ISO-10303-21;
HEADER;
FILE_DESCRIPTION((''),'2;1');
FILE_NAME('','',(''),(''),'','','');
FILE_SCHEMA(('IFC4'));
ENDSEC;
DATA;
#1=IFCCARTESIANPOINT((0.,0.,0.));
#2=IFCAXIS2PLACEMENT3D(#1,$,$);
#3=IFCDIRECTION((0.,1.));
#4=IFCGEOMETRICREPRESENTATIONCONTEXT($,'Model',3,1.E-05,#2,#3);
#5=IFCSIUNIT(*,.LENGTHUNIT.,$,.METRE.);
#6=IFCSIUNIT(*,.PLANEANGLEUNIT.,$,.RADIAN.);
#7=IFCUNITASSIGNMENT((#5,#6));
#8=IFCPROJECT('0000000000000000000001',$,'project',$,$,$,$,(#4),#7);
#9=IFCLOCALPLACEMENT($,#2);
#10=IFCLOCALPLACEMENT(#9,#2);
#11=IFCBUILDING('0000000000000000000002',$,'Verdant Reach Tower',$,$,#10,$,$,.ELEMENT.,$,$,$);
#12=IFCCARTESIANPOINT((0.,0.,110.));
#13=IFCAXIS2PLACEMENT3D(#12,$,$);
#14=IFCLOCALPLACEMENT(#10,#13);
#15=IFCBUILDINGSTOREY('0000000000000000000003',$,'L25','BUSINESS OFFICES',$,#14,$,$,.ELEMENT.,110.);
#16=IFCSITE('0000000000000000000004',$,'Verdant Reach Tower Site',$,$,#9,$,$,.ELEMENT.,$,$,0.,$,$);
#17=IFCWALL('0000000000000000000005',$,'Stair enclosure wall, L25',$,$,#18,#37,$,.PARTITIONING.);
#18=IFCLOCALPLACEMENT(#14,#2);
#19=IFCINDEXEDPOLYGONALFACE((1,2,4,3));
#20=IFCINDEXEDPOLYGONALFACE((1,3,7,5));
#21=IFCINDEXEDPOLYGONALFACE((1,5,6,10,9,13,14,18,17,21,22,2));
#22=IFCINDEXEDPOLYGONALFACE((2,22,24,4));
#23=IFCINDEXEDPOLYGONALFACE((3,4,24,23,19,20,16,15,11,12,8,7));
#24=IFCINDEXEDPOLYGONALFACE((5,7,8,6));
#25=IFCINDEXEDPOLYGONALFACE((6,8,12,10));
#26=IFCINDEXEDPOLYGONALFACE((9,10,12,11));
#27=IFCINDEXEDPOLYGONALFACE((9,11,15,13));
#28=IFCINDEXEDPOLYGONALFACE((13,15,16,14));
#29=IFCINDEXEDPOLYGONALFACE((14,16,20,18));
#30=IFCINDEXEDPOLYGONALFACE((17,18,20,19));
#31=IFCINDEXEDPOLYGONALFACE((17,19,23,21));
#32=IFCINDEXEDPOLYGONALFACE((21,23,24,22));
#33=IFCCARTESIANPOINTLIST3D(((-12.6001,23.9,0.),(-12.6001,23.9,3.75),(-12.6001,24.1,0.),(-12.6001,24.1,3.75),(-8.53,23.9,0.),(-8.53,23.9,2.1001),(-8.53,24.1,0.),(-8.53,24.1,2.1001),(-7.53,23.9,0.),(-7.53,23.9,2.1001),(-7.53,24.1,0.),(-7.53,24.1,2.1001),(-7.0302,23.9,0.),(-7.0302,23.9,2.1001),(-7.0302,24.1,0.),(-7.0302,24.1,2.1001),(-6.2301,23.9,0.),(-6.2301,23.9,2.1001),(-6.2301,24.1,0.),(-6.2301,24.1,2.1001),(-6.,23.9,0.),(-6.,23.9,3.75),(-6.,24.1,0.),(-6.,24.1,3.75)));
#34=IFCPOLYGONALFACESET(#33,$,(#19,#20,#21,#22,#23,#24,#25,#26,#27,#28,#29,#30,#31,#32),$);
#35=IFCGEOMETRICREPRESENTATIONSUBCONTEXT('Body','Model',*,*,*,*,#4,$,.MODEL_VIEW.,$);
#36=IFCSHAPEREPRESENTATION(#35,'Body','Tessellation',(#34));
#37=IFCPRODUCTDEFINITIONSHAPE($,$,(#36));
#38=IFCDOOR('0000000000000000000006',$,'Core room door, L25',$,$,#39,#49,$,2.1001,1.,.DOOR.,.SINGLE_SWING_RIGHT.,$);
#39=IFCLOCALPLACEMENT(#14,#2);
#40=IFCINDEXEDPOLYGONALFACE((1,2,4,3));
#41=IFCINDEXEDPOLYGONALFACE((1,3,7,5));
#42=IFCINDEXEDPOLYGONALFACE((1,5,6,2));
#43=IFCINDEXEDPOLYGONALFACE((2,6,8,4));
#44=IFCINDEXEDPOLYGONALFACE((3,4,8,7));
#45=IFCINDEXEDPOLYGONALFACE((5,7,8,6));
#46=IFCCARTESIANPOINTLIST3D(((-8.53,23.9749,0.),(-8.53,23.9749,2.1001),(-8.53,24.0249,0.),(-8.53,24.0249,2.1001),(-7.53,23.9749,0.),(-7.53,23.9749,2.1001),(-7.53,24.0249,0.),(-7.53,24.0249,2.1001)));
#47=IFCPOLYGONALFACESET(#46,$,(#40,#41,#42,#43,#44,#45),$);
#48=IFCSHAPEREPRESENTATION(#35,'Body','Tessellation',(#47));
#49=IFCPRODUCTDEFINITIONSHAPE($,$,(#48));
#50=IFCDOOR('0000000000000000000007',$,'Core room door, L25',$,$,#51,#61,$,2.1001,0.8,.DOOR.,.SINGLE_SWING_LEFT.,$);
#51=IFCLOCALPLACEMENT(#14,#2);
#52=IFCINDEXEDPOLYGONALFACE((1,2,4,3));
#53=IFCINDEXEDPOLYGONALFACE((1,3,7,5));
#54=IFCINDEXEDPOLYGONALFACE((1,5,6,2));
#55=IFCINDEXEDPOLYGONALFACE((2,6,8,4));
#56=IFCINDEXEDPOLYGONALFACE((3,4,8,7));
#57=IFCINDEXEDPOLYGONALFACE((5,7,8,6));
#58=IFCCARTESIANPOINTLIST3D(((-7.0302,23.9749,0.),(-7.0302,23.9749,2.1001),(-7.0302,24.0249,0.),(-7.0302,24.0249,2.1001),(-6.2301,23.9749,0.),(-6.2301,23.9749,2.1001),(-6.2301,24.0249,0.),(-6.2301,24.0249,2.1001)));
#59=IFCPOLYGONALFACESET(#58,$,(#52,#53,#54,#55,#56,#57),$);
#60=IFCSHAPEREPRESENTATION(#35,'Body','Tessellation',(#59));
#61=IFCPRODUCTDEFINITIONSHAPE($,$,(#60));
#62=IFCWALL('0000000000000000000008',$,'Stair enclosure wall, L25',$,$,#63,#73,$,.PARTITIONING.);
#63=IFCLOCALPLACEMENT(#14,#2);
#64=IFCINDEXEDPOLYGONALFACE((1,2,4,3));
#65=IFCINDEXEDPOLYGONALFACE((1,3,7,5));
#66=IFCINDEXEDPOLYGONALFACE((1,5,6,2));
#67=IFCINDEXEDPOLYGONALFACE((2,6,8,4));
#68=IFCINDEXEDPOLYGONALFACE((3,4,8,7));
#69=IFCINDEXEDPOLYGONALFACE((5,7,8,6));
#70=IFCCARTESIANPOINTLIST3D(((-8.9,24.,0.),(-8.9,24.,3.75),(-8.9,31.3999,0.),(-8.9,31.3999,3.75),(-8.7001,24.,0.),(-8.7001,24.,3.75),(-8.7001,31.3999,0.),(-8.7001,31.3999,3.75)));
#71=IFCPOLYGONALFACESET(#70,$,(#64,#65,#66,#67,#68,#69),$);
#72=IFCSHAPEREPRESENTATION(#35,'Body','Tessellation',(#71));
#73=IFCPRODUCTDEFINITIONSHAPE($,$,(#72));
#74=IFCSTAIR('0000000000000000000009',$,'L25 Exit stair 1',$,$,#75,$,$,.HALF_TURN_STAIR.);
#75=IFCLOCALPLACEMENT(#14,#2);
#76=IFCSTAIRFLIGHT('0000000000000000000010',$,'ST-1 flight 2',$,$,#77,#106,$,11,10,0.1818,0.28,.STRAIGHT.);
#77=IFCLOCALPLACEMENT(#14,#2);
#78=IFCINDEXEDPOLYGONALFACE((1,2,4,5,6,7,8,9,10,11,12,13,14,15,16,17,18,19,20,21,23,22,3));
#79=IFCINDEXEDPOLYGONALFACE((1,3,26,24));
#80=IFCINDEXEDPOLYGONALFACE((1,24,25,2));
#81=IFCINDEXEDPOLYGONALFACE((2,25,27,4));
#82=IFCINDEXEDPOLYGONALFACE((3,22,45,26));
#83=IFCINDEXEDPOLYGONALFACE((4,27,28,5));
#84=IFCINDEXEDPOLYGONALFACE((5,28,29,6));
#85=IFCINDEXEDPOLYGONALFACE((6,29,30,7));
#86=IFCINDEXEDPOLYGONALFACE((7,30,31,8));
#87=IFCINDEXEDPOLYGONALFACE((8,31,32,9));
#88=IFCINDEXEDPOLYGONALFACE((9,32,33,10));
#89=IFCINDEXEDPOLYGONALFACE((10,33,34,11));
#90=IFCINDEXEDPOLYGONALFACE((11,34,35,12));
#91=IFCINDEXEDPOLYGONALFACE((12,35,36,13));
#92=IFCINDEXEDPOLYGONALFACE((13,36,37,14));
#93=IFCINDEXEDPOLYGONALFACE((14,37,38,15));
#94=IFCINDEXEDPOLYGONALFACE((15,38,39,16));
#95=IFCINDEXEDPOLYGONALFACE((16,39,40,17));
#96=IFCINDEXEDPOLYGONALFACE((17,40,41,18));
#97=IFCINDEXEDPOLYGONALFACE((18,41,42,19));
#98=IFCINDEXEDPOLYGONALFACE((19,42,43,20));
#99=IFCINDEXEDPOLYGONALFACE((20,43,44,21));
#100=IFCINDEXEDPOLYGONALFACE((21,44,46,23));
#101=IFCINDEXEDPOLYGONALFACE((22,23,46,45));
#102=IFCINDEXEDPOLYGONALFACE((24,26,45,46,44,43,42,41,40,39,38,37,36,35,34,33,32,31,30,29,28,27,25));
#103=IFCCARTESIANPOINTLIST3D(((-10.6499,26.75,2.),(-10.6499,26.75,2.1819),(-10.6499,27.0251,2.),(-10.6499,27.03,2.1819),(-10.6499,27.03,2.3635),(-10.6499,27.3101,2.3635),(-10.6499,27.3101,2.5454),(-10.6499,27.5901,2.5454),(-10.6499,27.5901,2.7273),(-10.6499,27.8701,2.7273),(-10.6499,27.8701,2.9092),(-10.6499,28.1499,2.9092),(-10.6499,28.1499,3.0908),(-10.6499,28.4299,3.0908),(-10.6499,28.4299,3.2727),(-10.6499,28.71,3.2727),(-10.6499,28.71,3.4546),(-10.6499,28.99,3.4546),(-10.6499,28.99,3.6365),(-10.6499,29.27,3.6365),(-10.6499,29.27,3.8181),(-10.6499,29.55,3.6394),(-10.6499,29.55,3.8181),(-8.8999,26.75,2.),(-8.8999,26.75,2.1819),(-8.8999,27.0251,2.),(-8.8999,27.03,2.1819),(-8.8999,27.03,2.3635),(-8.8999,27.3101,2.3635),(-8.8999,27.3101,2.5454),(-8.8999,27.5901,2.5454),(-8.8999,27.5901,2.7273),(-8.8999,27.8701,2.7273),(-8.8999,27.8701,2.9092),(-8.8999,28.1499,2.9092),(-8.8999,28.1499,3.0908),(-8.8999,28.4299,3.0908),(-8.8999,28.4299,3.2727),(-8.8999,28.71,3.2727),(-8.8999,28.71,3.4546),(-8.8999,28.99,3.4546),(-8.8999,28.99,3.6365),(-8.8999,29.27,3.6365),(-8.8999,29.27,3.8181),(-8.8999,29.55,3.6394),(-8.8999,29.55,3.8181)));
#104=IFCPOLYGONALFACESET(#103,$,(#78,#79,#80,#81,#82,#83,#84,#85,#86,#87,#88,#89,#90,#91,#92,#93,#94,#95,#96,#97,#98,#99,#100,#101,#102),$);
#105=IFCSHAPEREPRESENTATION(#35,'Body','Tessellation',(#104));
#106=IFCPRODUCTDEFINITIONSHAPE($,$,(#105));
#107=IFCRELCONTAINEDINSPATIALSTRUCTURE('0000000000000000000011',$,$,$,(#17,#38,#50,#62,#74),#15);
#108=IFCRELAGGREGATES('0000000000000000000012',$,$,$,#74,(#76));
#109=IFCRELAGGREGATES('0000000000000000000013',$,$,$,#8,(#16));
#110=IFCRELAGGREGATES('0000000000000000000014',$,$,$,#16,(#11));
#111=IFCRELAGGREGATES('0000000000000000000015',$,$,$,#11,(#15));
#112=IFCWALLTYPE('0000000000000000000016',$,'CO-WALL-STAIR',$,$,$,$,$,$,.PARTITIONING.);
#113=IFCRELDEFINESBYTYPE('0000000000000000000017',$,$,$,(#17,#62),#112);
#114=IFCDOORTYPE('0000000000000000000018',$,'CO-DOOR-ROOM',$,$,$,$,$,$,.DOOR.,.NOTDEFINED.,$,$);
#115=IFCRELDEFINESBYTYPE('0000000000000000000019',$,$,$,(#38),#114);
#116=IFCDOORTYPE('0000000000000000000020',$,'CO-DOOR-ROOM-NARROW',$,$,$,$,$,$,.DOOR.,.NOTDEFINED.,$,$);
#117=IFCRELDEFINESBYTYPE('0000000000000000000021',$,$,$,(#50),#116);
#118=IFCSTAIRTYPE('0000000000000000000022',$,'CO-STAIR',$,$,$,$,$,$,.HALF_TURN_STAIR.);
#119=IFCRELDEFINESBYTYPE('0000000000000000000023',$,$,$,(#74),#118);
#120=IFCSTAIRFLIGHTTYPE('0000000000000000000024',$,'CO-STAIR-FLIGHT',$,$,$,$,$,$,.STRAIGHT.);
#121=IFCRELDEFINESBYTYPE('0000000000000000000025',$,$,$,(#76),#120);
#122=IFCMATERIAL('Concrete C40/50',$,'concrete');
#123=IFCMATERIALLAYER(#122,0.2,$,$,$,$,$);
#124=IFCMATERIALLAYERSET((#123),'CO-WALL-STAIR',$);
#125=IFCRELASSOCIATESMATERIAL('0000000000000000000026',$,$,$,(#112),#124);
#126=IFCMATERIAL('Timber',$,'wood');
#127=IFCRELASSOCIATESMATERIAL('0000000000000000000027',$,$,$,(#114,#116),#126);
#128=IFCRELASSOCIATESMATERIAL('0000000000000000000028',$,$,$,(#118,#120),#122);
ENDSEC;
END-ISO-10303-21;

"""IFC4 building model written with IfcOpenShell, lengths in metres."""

from ifc_helpers import new_model, si_unit, direction, frame, frame_2d, origin, place, context, subcontext, project, spatial, polyline, rectangle, outline, extrude, material, layer, layer_set, type_object, element, fill, aggregate, save


model = new_model("IFC4")

# Units and contexts
model_context = context("Model", 3, precision=1e-05, world=origin(), true_north=direction((0.0, 1.0)))
body_context = subcontext(model_context, "Body", "Model", "MODEL_VIEW")
ifc_project = project(units=[si_unit("LENGTHUNIT", "METRE"), si_unit("PLANEANGLEUNIT", "RADIAN")], contexts=[model_context])

# Site, building, storey
site_placement = place(None, origin())
site = spatial("IfcSite", under=ifc_project, at=site_placement, Name="Verdant Reach Tower Site", CompositionType="ELEMENT", RefElevation=0.0)
building_placement = place(site_placement, origin())
building = spatial("IfcBuilding", under=site, at=building_placement, Name="Verdant Reach Tower", CompositionType="ELEMENT")
storey_placement = place(building_placement, frame((0.0, 0.0, 110.0)))
storey = spatial("IfcBuildingStorey", under=building, at=storey_placement, Name="L25", Description="BUSINESS OFFICES", CompositionType="ELEMENT", Elevation=110.0)

# Shared definitions
ifc_material_1 = material(Name="Concrete C40/50", Category="concrete")

# Wall, openings, doors
ifc_layer_1 = layer(ifc_material_1, 0.2)
ifc_layer_set_1 = layer_set([ifc_layer_1], Name="CO-WALL-STAIR")
wall_type_1 = type_object("IfcWallType", Name="CO-WALL-STAIR", PredefinedType="PARTITIONING", material=ifc_layer_set_1)
wall_1_placement = place(storey_placement, frame((-12.6001, 24.0, 0.0), z_axis=(0.0, 0.0, 1.0), x_axis=(1.0, 0.0, 0.0)))
wall_1 = element("IfcWall", 1, at=wall_1_placement, inside=storey, type_object=wall_type_1, Name="Stair enclosure wall, L25", PredefinedType="PARTITIONING", context=body_context, shape_type="SweptSolid", body=[
    extrude(rectangle(XDim=6.6001, YDim=0.2, at=frame_2d((3.3, 0.0))), origin(), (0.0, 0.0, 1.0), 3.75),
])
opening_1_placement = place(wall_1_placement, frame((4.0701, 0.0, 0.0)))
opening_1 = element("IfcOpeningElement", 2, at=opening_1_placement, cuts=wall_1, PredefinedType="OPENING", context=body_context, shape_type="SweptSolid", body=[
    extrude(rectangle(XDim=1.0, YDim=2.1001, at=frame_2d((0.5, 1.05))), frame((0.0, 0.1099, 0.0), z_axis=(0.0, -1.0, 0.0), x_axis=(1.0, 0.0, 0.0)), (0.0, 0.0, 1.0), 0.22),
])
opening_2_placement = place(wall_1_placement, frame((5.5701, 0.0, 0.0)))
opening_2 = element("IfcOpeningElement", 3, at=opening_2_placement, cuts=wall_1, PredefinedType="OPENING", context=body_context, shape_type="SweptSolid", body=[
    extrude(rectangle(XDim=0.8, YDim=2.1001, at=frame_2d((0.3999, 1.05))), frame((0.0, 0.1099, 0.0), z_axis=(0.0, -1.0, 0.0), x_axis=(1.0, 0.0, 0.0)), (0.0, 0.0, 1.0), 0.22),
])
ifc_material_2 = material(Name="Timber", Category="wood")
door_type_1 = type_object("IfcDoorType", Name="CO-DOOR-ROOM", OperationType="NOTDEFINED", PredefinedType="DOOR", material=ifc_material_2)
door_1_placement = place(opening_1_placement, origin())
door_1 = element("IfcDoor", 4, at=door_1_placement, inside=storey, type_object=door_type_1, Name="Core room door, L25", OperationType="SINGLE_SWING_RIGHT", OverallHeight=2.1001, OverallWidth=1.0, PredefinedType="DOOR", context=body_context, shape_type="SweptSolid", body=[
    extrude(rectangle(XDim=1.0, YDim=2.1001, at=frame_2d((0.5, 1.05))), frame((0.0, 0.0249, 0.0), z_axis=(0.0, -1.0, 0.0), x_axis=(1.0, 0.0, 0.0)), (0.0, 0.0, 1.0), 0.05),
])
fill(opening_1, door_1)
door_type_2 = type_object("IfcDoorType", Name="CO-DOOR-ROOM-NARROW", OperationType="NOTDEFINED", PredefinedType="DOOR", material=ifc_material_2)
door_2_placement = place(opening_2_placement, origin())
door_2 = element("IfcDoor", 5, at=door_2_placement, inside=storey, type_object=door_type_2, Name="Core room door, L25", OperationType="SINGLE_SWING_LEFT", OverallHeight=2.1001, OverallWidth=0.8, PredefinedType="DOOR", context=body_context, shape_type="SweptSolid", body=[
    extrude(rectangle(XDim=0.8, YDim=2.1001, at=frame_2d((0.3999, 1.05))), frame((0.0, 0.0249, 0.0), z_axis=(0.0, -1.0, 0.0), x_axis=(1.0, 0.0, 0.0)), (0.0, 0.0, 1.0), 0.05),
])
fill(opening_2, door_2)

# Wall
wall_2_placement = place(storey_placement, frame((-8.8, 24.0, 0.0), z_axis=(0.0, 0.0, 1.0), x_axis=(0.0, 1.0, 0.0)))
element("IfcWall", 6, at=wall_2_placement, inside=storey, type_object=wall_type_1, Name="Stair enclosure wall, L25", PredefinedType="PARTITIONING", context=body_context, shape_type="SweptSolid", body=[
    extrude(rectangle(XDim=7.3999, YDim=0.2, at=frame_2d((3.7, 0.0))), origin(), (0.0, 0.0, 1.0), 3.75),
])

# Stair, stair flight
stair_type = type_object("IfcStairType", Name="CO-STAIR", PredefinedType="HALF_TURN_STAIR", material=ifc_material_1)
stair_placement = place(storey_placement, origin())
stair = element("IfcStair", 7, at=stair_placement, inside=storey, type_object=stair_type, Name="L25 Exit stair 1", PredefinedType="HALF_TURN_STAIR")
stair_flight_type = type_object("IfcStairFlightType", Name="CO-STAIR-FLIGHT", PredefinedType="STRAIGHT", material=ifc_material_1)
stair_flight_placement = place(storey_placement, frame((-9.7749, 26.75, 2.0), z_axis=(0.0, 0.0, 1.0), x_axis=(0.0, 1.0, 0.0)))
stair_flight = element("IfcStairFlight", 8, at=stair_flight_placement, type_object=stair_flight_type, Name="ST-1 flight 2", NumberOfRisers=11, NumberOfTreads=10, PredefinedType="STRAIGHT", RiserHeight=0.1818, TreadLength=0.28, context=body_context, shape_type="SweptSolid", body=[
    extrude(outline(polyline([(0.0, 0.0), (0.0, 0.1819), (0.28, 0.1819), (0.28, 0.3635), (0.5601, 0.3635), (0.5601, 0.5454), (0.8401, 0.5454), (0.8401, 0.7273), (1.1201, 0.7273), (1.1201, 0.9092), (1.3999, 0.9092), (1.3999, 1.0908), (1.6799, 1.0908), (1.6799, 1.2727), (1.96, 1.2727), (1.96, 1.4546), (2.24, 1.4546), (2.24, 1.6365), (2.52, 1.6365), (2.52, 1.8181), (2.8, 1.8181), (2.8, 2.0), (2.8, 1.6394), (0.2751, 0.0), (0.0, 0.0)])), frame((0.0, 0.875, 0.0), z_axis=(0.0, -1.0, 0.0), x_axis=(1.0, 0.0, 0.0)), (0.0, 0.0, 1.0), 1.75),
])
aggregate(stair, [stair_flight])

save(model, "model.ifc")
